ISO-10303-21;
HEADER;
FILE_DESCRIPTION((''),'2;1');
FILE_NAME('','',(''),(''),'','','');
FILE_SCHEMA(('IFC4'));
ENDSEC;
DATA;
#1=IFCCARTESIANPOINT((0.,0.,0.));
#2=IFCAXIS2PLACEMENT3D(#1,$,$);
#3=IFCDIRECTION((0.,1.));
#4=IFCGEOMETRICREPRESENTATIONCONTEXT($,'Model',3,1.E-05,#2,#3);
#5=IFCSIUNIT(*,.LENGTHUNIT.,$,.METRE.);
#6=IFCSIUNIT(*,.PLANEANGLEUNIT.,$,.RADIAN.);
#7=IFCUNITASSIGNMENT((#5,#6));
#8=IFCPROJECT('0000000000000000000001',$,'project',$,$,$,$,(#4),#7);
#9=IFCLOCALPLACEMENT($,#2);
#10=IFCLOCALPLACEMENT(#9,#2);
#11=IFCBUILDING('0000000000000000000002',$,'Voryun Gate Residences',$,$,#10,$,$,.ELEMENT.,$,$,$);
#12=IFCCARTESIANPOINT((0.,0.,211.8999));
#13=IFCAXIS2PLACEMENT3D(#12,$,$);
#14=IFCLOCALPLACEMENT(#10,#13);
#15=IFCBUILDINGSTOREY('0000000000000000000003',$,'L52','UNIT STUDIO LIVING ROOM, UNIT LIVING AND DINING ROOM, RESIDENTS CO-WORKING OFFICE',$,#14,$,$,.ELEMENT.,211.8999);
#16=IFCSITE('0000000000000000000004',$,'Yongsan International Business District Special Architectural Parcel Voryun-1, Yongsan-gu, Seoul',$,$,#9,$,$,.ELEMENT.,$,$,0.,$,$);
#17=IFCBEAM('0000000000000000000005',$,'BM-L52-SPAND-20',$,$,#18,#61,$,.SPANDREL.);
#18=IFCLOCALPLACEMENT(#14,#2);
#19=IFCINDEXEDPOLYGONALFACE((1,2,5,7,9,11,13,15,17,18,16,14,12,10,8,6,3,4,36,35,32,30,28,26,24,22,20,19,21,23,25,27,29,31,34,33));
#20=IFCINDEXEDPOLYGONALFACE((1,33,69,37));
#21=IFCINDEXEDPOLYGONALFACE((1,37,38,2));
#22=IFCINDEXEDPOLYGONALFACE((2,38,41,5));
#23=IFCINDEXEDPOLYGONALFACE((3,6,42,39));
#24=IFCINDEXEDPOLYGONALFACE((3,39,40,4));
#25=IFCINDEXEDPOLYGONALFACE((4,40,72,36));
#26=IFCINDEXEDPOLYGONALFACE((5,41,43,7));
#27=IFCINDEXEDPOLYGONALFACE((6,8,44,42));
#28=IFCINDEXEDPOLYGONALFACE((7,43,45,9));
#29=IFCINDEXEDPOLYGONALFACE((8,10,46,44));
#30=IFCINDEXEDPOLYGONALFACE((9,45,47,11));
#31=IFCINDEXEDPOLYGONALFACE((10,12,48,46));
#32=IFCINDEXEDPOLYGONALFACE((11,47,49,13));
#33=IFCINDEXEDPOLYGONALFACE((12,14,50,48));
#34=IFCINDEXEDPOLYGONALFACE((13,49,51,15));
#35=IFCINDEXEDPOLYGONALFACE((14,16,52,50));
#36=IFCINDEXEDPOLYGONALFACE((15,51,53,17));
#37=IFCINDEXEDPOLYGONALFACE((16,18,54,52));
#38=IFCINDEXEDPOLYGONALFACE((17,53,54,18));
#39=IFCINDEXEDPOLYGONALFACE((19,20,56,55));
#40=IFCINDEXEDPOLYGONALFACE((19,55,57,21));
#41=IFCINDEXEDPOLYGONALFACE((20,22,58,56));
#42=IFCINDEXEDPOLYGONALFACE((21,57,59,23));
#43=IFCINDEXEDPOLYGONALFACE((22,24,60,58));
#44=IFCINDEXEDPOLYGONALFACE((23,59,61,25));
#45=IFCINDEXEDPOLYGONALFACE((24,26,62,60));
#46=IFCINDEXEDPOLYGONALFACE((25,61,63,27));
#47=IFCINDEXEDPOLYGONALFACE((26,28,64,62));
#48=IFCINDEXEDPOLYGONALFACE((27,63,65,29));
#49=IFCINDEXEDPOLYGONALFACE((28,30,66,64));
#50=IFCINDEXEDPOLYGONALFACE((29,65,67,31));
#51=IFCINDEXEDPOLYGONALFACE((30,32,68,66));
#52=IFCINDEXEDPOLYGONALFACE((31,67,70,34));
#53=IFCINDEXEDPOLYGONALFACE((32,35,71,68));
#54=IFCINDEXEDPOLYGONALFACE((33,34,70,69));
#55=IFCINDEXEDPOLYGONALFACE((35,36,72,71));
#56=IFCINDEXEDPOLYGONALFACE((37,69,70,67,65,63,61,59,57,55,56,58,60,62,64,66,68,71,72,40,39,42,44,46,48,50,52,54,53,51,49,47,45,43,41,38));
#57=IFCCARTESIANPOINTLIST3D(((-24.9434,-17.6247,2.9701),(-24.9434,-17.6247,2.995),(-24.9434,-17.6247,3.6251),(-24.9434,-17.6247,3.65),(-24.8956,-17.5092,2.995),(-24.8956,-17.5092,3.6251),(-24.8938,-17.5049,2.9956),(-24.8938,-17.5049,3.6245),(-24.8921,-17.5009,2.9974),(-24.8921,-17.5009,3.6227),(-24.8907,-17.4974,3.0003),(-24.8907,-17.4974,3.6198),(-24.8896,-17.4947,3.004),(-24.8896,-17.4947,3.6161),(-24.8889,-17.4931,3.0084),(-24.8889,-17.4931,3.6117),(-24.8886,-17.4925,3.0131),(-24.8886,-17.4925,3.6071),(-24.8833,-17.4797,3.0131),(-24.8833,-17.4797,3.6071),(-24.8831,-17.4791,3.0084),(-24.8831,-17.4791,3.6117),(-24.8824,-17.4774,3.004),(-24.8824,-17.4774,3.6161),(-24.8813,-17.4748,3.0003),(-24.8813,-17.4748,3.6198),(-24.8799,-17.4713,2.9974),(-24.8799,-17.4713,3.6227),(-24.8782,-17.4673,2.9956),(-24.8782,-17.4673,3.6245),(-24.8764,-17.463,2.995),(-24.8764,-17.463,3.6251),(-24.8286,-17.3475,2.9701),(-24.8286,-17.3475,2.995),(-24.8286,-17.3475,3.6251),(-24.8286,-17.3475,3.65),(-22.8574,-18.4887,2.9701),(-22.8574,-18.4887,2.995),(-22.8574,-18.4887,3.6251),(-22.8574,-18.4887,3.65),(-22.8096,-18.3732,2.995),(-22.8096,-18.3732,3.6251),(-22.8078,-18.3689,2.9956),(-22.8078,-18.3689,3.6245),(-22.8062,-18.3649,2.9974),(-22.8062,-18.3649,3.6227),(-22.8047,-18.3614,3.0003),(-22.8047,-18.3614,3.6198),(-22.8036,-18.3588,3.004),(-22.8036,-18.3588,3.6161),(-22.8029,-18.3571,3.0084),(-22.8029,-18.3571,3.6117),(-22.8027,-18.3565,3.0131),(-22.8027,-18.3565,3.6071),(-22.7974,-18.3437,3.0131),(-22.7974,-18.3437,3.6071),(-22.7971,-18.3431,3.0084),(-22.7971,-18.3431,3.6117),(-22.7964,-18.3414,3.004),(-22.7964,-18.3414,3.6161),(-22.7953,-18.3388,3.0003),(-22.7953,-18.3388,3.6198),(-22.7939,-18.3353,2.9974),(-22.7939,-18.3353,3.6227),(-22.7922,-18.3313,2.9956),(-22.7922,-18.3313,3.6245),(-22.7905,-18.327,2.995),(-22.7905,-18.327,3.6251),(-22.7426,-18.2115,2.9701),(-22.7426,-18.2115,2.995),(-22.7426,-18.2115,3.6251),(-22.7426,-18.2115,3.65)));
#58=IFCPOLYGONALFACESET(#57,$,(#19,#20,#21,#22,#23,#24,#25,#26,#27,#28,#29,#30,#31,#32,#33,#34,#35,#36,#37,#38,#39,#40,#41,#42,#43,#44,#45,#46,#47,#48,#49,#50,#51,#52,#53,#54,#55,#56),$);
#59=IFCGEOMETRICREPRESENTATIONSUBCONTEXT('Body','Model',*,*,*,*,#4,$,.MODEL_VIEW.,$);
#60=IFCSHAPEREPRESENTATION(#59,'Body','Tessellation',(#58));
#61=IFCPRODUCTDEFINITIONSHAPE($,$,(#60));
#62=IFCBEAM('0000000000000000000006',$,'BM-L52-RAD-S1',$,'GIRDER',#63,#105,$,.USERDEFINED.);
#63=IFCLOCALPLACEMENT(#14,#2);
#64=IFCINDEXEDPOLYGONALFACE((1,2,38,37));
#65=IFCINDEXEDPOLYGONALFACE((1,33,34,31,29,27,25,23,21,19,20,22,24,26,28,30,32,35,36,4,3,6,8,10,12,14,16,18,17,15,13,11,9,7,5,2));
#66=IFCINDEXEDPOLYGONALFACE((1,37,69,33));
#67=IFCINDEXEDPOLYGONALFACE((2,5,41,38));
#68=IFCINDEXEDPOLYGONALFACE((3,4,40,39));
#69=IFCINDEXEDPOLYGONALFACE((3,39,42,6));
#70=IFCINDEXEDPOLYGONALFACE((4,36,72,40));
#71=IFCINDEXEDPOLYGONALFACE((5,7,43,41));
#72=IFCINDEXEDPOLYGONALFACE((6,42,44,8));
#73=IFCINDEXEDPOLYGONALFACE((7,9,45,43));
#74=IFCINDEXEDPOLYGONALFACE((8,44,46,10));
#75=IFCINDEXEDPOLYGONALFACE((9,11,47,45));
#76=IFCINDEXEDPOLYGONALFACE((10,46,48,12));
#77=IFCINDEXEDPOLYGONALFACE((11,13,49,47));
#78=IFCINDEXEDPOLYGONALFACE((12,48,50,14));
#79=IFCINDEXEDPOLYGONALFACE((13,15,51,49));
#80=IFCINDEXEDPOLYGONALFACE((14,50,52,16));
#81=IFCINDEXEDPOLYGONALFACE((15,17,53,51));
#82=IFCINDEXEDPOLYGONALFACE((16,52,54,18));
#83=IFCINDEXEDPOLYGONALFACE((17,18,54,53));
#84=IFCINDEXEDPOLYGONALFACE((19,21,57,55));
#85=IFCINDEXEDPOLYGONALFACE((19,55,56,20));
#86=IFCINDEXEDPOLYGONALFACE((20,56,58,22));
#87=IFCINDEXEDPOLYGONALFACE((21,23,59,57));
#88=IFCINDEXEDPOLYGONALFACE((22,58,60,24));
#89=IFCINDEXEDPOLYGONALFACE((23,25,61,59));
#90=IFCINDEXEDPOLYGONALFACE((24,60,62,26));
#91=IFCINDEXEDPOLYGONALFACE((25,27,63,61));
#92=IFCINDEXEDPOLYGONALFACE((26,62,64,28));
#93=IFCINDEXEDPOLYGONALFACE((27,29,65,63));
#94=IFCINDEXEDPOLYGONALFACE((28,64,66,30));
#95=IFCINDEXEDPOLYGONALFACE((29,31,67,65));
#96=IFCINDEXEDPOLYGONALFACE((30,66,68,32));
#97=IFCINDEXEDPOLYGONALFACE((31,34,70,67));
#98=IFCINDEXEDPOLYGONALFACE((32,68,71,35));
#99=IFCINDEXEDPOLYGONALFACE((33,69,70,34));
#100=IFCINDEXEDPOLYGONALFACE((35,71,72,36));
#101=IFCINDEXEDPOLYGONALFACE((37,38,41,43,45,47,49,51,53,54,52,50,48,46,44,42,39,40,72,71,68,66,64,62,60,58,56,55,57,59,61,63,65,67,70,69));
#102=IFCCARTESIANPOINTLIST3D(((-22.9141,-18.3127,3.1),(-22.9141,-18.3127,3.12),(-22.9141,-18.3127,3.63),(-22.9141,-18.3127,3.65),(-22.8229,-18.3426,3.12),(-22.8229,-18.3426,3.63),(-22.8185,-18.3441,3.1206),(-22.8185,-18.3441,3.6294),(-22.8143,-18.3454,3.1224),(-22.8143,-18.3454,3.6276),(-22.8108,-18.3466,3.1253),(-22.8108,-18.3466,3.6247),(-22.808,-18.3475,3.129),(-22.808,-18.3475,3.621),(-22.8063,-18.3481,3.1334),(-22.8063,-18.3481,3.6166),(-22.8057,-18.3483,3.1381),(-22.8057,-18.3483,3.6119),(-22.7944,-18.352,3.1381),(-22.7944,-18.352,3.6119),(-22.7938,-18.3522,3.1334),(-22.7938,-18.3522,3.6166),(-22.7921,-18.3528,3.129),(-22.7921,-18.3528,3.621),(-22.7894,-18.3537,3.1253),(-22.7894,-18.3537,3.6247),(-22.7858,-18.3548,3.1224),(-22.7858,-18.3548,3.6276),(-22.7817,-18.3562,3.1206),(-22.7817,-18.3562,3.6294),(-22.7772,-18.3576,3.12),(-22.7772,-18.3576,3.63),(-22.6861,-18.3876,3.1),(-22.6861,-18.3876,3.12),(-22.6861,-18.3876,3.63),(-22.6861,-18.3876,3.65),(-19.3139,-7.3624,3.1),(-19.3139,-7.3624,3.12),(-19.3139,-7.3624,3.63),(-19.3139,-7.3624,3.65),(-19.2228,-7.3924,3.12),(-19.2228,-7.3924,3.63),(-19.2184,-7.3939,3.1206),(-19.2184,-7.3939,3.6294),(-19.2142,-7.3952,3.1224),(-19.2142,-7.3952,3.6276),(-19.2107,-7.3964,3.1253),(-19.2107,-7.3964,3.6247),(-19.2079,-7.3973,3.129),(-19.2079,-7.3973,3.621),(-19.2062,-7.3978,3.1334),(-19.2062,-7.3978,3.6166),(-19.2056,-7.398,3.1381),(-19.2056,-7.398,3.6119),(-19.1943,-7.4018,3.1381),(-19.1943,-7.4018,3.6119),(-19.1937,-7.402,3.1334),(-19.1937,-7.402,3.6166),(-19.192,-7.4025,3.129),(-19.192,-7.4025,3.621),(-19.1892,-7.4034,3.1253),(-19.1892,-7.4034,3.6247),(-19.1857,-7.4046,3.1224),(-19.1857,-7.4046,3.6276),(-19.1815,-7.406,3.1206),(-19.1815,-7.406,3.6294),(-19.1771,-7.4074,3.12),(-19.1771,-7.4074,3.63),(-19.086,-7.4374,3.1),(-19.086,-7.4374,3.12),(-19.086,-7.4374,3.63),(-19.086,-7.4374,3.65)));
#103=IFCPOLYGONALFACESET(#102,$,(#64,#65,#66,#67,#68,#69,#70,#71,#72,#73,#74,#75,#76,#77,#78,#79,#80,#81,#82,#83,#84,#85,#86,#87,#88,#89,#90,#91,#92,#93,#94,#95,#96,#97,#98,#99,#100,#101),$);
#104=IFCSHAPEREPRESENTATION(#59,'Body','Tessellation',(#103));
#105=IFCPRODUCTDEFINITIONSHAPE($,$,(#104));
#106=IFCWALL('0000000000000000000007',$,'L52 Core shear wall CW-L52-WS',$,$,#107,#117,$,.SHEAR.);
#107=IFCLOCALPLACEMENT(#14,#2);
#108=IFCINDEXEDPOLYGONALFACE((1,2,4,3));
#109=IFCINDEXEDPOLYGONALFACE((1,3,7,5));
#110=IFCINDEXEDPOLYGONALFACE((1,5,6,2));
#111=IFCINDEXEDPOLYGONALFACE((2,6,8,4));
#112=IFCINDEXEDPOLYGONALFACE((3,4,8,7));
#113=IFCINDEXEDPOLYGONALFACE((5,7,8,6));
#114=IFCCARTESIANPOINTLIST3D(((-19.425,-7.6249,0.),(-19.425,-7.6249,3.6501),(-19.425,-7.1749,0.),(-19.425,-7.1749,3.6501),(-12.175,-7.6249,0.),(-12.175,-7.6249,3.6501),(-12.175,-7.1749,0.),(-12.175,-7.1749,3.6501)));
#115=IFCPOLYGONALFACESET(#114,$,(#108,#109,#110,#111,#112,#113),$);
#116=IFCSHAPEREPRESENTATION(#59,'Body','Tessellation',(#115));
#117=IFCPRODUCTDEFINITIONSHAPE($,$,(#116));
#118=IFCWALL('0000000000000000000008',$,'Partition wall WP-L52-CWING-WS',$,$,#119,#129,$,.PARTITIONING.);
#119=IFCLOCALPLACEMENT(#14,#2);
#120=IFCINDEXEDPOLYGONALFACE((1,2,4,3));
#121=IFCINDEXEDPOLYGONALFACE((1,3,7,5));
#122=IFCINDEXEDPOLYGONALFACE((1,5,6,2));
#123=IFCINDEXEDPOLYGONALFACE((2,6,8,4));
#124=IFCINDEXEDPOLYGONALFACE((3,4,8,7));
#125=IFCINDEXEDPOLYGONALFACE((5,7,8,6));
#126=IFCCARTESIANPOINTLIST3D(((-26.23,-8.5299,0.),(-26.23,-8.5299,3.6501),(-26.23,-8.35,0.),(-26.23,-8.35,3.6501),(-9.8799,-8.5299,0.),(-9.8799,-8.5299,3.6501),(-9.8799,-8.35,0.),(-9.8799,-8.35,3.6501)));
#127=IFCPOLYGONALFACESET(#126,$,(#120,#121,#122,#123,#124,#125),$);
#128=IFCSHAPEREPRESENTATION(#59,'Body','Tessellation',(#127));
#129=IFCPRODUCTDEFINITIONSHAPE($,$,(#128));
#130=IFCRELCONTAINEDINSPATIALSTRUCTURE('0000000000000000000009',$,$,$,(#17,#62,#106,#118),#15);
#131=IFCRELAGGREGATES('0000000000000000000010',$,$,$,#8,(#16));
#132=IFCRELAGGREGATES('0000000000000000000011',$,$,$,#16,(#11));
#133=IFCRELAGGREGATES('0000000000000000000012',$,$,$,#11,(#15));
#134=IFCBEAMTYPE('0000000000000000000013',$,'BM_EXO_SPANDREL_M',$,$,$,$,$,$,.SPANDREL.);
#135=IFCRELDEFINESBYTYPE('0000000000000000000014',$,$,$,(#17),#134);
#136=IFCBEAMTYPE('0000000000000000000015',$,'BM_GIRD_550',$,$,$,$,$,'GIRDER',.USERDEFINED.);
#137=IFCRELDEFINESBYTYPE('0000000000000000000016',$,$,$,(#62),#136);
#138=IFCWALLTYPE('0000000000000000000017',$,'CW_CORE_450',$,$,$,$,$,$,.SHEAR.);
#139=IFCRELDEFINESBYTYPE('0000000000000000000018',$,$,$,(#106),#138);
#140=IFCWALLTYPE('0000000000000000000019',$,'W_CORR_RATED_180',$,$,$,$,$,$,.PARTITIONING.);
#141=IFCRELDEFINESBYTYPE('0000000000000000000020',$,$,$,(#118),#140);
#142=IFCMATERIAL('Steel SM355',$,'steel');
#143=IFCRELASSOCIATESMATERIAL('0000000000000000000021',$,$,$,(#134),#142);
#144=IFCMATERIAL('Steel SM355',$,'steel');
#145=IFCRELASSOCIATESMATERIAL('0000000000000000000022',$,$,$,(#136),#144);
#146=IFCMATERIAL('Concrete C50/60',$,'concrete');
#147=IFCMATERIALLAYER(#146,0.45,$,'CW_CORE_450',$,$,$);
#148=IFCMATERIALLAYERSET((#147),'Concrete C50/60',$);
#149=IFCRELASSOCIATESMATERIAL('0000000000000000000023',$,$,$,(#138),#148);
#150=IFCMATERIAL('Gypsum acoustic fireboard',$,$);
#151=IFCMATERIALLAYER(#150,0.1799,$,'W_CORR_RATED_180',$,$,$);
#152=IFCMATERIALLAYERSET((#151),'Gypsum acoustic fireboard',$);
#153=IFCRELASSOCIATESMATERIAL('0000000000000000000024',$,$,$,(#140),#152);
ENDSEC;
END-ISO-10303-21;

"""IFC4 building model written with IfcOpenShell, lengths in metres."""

from ifc_helpers import new_model, si_unit, direction, frame, frame_2d, origin, origin_2d, place, context, subcontext, project, spatial, rectangle, i_section, extrude, material, layer, layer_set, material_profile, profile_set, type_object, element, save


model = new_model("IFC4")

# Units and contexts
model_context = context("Model", 3, precision=1e-05, world=origin(), true_north=direction((0.0, 1.0)))
body_context = subcontext(model_context, "Body", "Model", "MODEL_VIEW")
ifc_project = project(units=[si_unit("LENGTHUNIT", "METRE"), si_unit("PLANEANGLEUNIT", "RADIAN")], contexts=[model_context])

# Site, building, storey
site_placement = place(None, origin())
site = spatial("IfcSite", under=ifc_project, at=site_placement, Name="Yongsan International Business District Special Architectural Parcel Voryun-1, Yongsan-gu, Seoul", CompositionType="ELEMENT", RefElevation=0.0)
building_placement = place(site_placement, origin())
building = spatial("IfcBuilding", under=site, at=building_placement, Name="Voryun Gate Residences", CompositionType="ELEMENT")
storey_placement = place(building_placement, frame((0.0, 0.0, 211.8999)))
storey = spatial("IfcBuildingStorey", under=building, at=storey_placement, Name="L52", Description="UNIT STUDIO LIVING ROOM, UNIT LIVING AND DINING ROOM, RESIDENTS CO-WORKING OFFICE", CompositionType="ELEMENT", Elevation=211.8999)

# Beams
ifc_material_1 = material(Name="Steel SM355", Category="steel")
ifc_material_profile_1 = material_profile(ifc_material_1, i_section(OverallWidth=0.3, OverallDepth=0.6799, WebThickness=0.0139, FlangeThickness=0.0249, FilletRadius=0.0181, at=origin_2d()), Name="H-680x300x14x25")
ifc_profile_set_1 = profile_set([ifc_material_profile_1], Name="Steel SM355")
beam_type_1 = type_object("IfcBeamType", Name="BM_EXO_SPANDREL_M", PredefinedType="SPANDREL", material=ifc_profile_set_1)
beam_1_placement = place(storey_placement, frame((-24.886, -17.4861, 3.3101), z_axis=(0.923881, -0.38268, 0.0), x_axis=(0.38268, 0.923881, 0.0)))
element("IfcBeam", 1, at=beam_1_placement, inside=storey, type_object=beam_type_1, Name="BM-L52-SPAND-20", PredefinedType="SPANDREL", context=body_context, shape_type="SweptSolid", body=[
    extrude(i_section(OverallWidth=0.3, OverallDepth=0.6799, WebThickness=0.0139, FlangeThickness=0.0249, FilletRadius=0.0181, at=origin_2d()), origin(), (0.0, 0.0, 1.0), 2.2578),
])
ifc_material_2 = material(Name="Steel SM355", Category="steel")
ifc_material_profile_2 = material_profile(ifc_material_2, i_section(OverallWidth=0.24, OverallDepth=0.55, WebThickness=0.012, FlangeThickness=0.02, FilletRadius=0.0181, at=origin_2d()), Name="H-550x240x12x20")
ifc_profile_set_2 = profile_set([ifc_material_profile_2], Name="Steel SM355")
beam_type_2 = type_object("IfcBeamType", Name="BM_GIRD_550", ElementType="GIRDER", PredefinedType="USERDEFINED", material=ifc_profile_set_2)
beam_2_placement = place(storey_placement, frame((-19.2, -7.3999, 3.375), z_axis=(-0.312324, -0.949976, 0.0), x_axis=(0.949976, -0.312324, 0.0)))
element("IfcBeam", 2, at=beam_2_placement, inside=storey, type_object=beam_type_2, Name="BM-L52-RAD-S1", ObjectType="GIRDER", PredefinedType="USERDEFINED", context=body_context, shape_type="SweptSolid", body=[
    extrude(i_section(OverallWidth=0.24, OverallDepth=0.55, WebThickness=0.012, FlangeThickness=0.02, FilletRadius=0.0181, at=origin_2d()), origin(), (0.0, 0.0, 1.0), 11.5269),
])

# Walls
ifc_material_3 = material(Name="Concrete C50/60", Category="concrete")
ifc_layer_1 = layer(ifc_material_3, 0.45, Name="CW_CORE_450")
ifc_layer_set_1 = layer_set([ifc_layer_1], Name="Concrete C50/60")
wall_type_1 = type_object("IfcWallType", Name="CW_CORE_450", PredefinedType="SHEAR", material=ifc_layer_set_1)
wall_1_placement = place(storey_placement, frame((-19.425, -7.3999, 0.0), z_axis=(0.0, 0.0, 1.0), x_axis=(1.0, 0.0, 0.0)))
element("IfcWall", 3, at=wall_1_placement, inside=storey, type_object=wall_type_1, Name="L52 Core shear wall CW-L52-WS", PredefinedType="SHEAR", context=body_context, shape_type="SweptSolid", body=[
    extrude(rectangle(XDim=7.25, YDim=0.45, at=frame_2d((3.625, 0.0))), origin(), (0.0, 0.0, 1.0), 3.6501),
])
ifc_material_4 = material(Name="Gypsum acoustic fireboard")
ifc_layer_2 = layer(ifc_material_4, 0.1799, Name="W_CORR_RATED_180")
ifc_layer_set_2 = layer_set([ifc_layer_2], Name="Gypsum acoustic fireboard")
wall_type_2 = type_object("IfcWallType", Name="W_CORR_RATED_180", PredefinedType="PARTITIONING", material=ifc_layer_set_2)
wall_2_placement = place(storey_placement, frame((-26.23, -8.4399, 0.0), z_axis=(0.0, 0.0, 1.0), x_axis=(1.0, 0.0, 0.0)))
element("IfcWall", 4, at=wall_2_placement, inside=storey, type_object=wall_type_2, Name="Partition wall WP-L52-CWING-WS", PredefinedType="PARTITIONING", context=body_context, shape_type="SweptSolid", body=[
    extrude(rectangle(XDim=16.3501, YDim=0.1799, at=frame_2d((8.175, 0.0))), origin(), (0.0, 0.0, 1.0), 3.6501),
])

save(model, "model.ifc")
